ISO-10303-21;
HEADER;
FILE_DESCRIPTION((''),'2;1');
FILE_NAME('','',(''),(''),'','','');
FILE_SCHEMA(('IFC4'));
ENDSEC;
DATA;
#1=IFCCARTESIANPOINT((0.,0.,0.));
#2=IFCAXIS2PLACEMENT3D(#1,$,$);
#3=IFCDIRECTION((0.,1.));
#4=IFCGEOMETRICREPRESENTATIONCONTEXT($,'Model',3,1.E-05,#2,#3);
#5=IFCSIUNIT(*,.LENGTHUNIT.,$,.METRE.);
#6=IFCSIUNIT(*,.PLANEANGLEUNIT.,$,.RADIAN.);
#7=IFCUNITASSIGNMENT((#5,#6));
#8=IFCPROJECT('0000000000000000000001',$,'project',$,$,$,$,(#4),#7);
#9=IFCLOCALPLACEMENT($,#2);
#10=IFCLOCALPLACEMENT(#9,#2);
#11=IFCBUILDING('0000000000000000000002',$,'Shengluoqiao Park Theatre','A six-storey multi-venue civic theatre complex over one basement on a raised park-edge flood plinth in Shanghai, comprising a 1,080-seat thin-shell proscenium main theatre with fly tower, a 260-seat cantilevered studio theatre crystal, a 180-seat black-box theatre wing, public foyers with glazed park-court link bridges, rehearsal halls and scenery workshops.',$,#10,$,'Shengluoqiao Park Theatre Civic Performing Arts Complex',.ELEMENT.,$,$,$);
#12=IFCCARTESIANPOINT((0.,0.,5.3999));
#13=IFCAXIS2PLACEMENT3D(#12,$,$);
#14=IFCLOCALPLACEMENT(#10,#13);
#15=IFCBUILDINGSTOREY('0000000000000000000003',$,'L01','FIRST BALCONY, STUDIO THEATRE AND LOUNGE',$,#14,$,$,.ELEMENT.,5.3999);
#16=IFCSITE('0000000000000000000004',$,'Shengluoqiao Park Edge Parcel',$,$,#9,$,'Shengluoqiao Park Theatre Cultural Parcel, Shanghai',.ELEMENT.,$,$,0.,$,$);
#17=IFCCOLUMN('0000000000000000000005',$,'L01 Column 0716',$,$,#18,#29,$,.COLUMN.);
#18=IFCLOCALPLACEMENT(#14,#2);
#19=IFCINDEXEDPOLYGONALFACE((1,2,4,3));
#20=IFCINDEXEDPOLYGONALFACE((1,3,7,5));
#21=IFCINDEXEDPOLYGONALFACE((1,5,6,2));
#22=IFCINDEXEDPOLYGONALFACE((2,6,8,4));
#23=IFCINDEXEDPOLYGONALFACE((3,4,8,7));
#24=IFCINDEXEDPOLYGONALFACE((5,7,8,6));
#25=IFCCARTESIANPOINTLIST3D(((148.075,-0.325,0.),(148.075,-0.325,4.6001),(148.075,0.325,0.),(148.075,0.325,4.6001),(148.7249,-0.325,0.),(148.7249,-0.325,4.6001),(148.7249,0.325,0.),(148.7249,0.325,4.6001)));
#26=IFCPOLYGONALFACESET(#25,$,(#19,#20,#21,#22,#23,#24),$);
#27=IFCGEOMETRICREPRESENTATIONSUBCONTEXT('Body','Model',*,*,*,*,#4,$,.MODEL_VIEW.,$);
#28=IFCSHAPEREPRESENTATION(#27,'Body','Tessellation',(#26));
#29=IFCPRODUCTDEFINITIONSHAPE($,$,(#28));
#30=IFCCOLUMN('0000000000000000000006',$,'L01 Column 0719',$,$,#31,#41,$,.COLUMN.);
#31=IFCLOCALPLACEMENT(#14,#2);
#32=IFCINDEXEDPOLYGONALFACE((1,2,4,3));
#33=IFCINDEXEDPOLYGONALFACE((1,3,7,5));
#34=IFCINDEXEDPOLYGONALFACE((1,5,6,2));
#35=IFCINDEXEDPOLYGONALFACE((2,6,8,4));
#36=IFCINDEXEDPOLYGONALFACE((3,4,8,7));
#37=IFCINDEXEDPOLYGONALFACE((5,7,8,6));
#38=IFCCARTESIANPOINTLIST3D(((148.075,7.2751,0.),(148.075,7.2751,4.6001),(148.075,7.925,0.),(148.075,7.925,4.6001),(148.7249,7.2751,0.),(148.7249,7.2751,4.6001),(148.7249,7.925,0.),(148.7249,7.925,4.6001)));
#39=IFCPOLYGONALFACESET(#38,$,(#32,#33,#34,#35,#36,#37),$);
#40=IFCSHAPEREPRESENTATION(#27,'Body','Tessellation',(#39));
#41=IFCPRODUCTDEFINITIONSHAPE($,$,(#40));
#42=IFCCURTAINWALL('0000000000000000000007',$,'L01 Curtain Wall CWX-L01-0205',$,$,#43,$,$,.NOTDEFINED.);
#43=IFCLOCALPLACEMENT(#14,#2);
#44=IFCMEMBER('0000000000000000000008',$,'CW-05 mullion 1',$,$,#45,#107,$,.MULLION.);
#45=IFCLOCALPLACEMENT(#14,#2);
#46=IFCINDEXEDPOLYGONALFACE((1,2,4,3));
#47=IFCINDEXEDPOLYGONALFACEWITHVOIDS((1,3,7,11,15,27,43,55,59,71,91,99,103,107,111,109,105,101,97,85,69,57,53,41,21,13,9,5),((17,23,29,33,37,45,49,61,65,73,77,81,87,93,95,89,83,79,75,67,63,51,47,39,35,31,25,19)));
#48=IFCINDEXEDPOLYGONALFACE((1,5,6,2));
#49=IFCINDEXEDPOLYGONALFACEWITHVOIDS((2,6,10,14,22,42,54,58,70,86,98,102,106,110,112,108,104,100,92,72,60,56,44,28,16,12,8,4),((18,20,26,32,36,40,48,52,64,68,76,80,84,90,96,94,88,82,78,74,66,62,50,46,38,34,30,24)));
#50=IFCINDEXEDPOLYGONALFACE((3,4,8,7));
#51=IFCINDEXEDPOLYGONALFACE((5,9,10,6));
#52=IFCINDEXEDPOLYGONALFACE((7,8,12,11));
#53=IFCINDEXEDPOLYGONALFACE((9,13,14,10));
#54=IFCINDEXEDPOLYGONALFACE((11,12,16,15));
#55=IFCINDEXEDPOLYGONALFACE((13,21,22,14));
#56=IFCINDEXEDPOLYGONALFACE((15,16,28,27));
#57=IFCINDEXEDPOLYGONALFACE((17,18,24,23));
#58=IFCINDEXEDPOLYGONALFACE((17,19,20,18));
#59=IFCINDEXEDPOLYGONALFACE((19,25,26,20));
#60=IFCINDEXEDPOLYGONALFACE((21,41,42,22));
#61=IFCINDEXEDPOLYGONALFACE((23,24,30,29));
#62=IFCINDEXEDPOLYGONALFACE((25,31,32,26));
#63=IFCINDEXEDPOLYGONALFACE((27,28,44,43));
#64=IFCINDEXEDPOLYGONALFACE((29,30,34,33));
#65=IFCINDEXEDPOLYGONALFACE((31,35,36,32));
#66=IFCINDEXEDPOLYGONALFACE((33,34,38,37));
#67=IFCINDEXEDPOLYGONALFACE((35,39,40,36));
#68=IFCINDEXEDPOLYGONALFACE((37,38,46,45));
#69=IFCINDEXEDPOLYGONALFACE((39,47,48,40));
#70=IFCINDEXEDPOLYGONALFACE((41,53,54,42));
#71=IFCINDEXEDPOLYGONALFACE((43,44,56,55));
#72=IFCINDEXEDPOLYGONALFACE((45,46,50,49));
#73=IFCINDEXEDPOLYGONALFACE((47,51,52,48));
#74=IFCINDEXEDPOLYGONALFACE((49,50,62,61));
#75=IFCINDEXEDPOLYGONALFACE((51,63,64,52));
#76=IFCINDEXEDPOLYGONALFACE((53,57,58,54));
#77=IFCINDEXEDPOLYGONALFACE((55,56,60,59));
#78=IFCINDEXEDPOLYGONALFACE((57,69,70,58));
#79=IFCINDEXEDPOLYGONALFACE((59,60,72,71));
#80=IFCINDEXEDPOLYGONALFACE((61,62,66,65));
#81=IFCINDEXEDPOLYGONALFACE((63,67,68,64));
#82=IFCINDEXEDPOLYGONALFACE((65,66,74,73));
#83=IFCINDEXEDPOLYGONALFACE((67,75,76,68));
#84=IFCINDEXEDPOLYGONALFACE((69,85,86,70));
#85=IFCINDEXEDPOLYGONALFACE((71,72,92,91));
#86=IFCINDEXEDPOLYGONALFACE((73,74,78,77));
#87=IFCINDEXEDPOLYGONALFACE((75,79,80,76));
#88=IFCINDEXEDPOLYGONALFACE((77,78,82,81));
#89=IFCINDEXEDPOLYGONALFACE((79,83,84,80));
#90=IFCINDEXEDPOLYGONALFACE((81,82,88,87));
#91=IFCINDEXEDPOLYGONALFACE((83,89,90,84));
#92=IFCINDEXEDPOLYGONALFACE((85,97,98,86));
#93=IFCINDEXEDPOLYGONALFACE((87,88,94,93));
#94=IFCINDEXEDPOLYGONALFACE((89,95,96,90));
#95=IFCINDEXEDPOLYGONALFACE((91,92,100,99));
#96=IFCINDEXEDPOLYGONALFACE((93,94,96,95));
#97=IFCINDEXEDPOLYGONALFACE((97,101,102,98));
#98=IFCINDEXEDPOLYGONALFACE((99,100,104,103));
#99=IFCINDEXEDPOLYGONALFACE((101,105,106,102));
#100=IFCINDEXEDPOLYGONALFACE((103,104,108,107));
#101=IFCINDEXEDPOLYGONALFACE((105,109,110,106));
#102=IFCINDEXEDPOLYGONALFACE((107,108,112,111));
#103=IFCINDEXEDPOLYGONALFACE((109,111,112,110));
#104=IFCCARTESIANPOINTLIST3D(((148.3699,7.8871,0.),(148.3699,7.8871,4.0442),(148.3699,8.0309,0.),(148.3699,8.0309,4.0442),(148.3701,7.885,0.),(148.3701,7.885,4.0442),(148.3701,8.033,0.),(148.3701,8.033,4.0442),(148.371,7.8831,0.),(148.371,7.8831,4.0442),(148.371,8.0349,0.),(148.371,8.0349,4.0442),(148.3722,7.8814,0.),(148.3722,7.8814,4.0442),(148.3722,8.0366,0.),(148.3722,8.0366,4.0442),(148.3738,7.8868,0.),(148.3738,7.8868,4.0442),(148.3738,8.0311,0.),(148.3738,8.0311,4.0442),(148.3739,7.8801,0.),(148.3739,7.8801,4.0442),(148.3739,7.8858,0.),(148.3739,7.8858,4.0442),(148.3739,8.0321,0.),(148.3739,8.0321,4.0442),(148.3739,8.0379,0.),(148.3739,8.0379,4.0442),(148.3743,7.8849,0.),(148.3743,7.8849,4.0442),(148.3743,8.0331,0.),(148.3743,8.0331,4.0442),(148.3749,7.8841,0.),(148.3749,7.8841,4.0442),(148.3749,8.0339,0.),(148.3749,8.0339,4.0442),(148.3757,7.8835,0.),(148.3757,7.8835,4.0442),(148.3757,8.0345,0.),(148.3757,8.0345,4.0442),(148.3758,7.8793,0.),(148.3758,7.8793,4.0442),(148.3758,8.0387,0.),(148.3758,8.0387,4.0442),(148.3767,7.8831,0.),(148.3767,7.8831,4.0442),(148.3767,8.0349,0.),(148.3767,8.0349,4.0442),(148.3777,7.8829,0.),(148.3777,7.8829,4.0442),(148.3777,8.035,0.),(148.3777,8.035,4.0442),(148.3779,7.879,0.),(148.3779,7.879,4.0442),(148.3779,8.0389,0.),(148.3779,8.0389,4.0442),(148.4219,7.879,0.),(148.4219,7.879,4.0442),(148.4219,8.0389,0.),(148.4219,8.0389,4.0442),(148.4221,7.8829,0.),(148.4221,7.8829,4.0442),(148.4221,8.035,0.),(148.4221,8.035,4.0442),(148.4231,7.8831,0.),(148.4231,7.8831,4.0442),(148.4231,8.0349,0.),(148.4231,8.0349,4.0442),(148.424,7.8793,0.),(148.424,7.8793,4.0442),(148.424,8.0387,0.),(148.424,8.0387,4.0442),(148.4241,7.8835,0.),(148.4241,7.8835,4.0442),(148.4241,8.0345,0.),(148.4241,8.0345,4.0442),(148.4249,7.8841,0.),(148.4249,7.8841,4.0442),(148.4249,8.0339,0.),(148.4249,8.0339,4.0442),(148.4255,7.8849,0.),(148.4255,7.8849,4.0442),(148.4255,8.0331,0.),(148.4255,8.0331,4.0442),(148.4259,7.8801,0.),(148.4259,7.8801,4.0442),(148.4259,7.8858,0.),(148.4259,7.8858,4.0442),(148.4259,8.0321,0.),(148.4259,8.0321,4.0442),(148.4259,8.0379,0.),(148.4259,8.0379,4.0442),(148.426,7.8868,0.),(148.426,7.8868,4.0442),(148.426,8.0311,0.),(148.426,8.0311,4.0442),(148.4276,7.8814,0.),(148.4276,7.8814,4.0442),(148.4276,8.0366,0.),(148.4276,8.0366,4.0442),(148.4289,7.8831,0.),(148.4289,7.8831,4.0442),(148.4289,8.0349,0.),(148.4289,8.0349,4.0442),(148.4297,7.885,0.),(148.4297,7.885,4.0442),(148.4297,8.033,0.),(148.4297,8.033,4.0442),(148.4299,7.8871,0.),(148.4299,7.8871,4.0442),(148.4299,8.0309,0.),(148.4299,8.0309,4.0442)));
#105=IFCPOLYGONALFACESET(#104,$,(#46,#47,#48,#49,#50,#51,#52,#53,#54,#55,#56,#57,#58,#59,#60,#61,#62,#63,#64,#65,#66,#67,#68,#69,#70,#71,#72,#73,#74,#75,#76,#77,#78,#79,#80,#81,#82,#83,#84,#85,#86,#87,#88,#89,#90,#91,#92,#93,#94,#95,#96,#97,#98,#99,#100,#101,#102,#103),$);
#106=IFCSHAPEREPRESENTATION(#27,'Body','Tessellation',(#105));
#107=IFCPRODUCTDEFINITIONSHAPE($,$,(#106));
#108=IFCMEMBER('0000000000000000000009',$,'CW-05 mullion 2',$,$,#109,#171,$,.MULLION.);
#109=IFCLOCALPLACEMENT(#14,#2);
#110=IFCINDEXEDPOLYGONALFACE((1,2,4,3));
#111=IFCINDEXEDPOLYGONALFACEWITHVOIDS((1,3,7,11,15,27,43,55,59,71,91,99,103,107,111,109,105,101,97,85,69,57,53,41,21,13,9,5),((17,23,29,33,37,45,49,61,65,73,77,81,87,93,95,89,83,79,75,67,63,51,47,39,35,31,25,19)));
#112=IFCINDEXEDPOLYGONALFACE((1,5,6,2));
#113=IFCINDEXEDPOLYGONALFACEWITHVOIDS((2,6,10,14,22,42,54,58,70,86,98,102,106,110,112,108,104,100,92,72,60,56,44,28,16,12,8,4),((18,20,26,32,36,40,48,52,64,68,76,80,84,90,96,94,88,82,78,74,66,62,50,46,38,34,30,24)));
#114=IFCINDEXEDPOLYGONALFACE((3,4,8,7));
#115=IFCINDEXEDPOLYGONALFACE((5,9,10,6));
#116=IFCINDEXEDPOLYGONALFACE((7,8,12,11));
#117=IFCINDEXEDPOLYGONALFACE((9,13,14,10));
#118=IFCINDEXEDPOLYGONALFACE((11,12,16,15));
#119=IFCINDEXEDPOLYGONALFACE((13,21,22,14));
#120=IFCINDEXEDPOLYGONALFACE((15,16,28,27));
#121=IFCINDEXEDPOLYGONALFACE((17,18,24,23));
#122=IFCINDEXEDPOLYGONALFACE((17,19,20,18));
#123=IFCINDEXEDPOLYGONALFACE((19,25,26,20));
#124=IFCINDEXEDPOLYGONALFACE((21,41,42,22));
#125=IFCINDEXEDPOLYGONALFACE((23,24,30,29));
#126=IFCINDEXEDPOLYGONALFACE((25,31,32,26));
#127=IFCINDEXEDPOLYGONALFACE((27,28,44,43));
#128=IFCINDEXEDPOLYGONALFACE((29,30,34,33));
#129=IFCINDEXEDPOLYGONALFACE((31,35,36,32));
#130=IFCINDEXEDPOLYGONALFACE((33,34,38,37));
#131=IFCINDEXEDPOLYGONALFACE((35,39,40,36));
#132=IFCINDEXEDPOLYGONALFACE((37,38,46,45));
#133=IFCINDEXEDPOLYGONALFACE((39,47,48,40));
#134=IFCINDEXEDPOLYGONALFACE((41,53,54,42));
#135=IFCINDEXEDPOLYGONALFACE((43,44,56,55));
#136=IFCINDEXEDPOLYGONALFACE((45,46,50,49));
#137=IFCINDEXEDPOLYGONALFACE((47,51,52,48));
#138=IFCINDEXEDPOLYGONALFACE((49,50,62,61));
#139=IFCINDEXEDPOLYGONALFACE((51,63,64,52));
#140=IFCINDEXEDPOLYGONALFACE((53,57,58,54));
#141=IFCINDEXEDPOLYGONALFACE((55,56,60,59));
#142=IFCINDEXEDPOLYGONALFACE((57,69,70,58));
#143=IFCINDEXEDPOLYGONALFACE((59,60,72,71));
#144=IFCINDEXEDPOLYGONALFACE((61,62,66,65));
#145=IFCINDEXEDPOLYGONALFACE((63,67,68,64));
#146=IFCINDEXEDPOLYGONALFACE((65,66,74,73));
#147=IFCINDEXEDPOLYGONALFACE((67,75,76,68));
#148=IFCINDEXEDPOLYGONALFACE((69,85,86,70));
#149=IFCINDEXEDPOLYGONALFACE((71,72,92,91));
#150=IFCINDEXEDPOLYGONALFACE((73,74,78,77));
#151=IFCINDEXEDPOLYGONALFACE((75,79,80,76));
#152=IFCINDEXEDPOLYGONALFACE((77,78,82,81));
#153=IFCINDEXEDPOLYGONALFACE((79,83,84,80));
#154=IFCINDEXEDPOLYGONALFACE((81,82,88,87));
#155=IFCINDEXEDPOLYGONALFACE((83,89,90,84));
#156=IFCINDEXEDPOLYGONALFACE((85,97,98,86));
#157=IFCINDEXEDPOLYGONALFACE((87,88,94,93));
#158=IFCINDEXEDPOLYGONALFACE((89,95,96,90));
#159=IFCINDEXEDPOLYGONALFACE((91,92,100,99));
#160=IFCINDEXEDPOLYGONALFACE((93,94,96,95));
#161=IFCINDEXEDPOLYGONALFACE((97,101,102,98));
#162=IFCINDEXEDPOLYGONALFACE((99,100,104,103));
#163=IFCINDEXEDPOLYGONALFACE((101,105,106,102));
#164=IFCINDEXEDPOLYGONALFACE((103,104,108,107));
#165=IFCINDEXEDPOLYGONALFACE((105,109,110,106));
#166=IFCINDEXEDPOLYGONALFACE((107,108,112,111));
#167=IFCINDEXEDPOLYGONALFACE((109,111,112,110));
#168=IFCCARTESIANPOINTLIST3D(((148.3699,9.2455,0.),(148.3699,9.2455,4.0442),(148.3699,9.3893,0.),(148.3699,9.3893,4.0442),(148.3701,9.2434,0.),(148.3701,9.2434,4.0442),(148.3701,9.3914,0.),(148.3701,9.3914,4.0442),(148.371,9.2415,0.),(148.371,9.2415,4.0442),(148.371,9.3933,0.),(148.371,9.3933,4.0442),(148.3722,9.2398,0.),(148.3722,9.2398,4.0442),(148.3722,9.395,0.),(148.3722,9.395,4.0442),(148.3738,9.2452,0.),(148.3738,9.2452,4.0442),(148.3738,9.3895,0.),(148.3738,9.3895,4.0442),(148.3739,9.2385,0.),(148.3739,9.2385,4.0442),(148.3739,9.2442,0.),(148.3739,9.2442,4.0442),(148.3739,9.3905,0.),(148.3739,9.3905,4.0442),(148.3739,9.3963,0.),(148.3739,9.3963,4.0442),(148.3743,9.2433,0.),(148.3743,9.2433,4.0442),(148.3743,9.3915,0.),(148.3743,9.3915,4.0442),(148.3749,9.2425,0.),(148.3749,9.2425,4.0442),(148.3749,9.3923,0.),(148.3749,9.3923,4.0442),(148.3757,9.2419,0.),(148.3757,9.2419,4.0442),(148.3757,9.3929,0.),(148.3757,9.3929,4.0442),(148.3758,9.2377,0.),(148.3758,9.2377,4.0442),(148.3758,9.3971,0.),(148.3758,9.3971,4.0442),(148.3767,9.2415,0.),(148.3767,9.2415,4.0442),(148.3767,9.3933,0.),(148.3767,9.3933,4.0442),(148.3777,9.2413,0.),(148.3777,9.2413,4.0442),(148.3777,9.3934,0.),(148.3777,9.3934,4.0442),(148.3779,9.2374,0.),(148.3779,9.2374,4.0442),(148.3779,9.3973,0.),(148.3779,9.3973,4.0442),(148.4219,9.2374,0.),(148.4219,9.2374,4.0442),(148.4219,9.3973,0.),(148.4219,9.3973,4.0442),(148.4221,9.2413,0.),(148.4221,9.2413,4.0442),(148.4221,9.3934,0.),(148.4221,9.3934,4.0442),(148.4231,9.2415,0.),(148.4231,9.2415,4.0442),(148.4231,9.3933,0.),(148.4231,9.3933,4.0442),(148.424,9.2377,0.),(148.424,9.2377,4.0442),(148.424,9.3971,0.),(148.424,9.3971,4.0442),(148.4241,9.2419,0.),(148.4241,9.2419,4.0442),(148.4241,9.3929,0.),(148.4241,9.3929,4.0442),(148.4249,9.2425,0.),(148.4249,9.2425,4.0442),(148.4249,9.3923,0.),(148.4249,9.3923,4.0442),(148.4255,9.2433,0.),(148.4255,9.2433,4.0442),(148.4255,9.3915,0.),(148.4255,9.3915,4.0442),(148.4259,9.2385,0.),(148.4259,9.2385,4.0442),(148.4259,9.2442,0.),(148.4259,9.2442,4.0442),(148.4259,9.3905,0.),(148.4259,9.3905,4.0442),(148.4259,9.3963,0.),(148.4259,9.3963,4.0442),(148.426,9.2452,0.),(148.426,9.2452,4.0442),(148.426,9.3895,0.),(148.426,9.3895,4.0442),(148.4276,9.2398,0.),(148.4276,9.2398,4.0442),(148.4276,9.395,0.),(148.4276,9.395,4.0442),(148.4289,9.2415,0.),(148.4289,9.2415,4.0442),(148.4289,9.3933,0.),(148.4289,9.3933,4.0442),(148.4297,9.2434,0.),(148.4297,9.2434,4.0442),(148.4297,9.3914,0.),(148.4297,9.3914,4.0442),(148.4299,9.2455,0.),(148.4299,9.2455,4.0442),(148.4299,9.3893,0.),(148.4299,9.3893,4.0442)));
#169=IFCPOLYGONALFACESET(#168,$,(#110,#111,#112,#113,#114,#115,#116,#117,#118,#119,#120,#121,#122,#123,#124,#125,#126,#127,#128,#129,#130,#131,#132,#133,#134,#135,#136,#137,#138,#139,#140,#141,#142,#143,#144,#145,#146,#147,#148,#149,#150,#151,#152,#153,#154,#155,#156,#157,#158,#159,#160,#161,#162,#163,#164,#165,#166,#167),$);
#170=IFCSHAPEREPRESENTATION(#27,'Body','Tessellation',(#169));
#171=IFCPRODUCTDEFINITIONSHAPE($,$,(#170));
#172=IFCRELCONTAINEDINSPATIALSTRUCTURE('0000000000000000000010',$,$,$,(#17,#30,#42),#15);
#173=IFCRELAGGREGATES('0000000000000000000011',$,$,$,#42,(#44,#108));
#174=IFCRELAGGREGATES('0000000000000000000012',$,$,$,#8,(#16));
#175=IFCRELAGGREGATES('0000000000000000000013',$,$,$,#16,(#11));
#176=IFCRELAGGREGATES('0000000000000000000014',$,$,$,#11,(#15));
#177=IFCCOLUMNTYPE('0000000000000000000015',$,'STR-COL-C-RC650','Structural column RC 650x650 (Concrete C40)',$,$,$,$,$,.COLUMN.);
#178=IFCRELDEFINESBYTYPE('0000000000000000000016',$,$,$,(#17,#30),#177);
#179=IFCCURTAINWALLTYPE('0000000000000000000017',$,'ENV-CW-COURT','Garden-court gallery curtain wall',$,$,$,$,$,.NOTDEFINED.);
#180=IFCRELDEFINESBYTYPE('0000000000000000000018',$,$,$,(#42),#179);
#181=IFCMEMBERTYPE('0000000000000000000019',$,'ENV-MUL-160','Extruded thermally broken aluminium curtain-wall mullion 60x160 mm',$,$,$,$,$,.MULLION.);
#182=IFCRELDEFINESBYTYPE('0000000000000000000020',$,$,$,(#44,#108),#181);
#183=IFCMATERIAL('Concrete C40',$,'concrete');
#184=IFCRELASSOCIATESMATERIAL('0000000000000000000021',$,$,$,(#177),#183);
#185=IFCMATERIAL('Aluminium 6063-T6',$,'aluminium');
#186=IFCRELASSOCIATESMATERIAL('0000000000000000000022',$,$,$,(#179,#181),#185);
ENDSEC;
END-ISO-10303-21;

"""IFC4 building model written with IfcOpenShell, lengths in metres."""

from ifc_helpers import new_model, si_unit, direction, frame, origin, origin_2d, place, context, subcontext, project, spatial, rectangle, hollow_rectangle, extrude, material, material_profile, profile_set, type_object, element, aggregate, save


model = new_model("IFC4")

# Units and contexts
model_context = context("Model", 3, precision=1e-05, world=origin(), true_north=direction((0.0, 1.0)))
body_context = subcontext(model_context, "Body", "Model", "MODEL_VIEW")
ifc_project = project(units=[si_unit("LENGTHUNIT", "METRE"), si_unit("PLANEANGLEUNIT", "RADIAN")], contexts=[model_context])

# Site, building, storey
site_placement = place(None, origin())
site = spatial("IfcSite", under=ifc_project, at=site_placement, Name="Shengluoqiao Park Edge Parcel", LongName="Shengluoqiao Park Theatre Cultural Parcel, Shanghai", CompositionType="ELEMENT", RefElevation=0.0)
building_placement = place(site_placement, origin())
building = spatial("IfcBuilding", under=site, at=building_placement, Name="Shengluoqiao Park Theatre", Description="A six-storey multi-venue civic theatre complex over one basement on a raised park-edge flood plinth in Shanghai, comprising a 1,080-seat thin-shell proscenium main theatre with fly tower, a 260-seat cantilevered studio theatre crystal, a 180-seat black-box theatre wing, public foyers with glazed park-court link bridges, rehearsal halls and scenery workshops.", LongName="Shengluoqiao Park Theatre Civic Performing Arts Complex", CompositionType="ELEMENT")
storey_placement = place(building_placement, frame((0.0, 0.0, 5.3999)))
storey = spatial("IfcBuildingStorey", under=building, at=storey_placement, Name="L01", Description="FIRST BALCONY, STUDIO THEATRE AND LOUNGE", CompositionType="ELEMENT", Elevation=5.3999)

# Columns
ifc_material_1 = material(Name="Concrete C40", Category="concrete")
ifc_material_profile_1 = material_profile(ifc_material_1, rectangle(XDim=0.6499, YDim=0.6499, at=origin_2d()), Name="RC 650x650")
ifc_profile_set_1 = profile_set([ifc_material_profile_1], Name="Concrete C40")
column_type = type_object("IfcColumnType", Name="STR-COL-C-RC650", Description="Structural column RC 650x650 (Concrete C40)", PredefinedType="COLUMN", material=ifc_profile_set_1)
for number, where, z_axis, x_axis, name in (
    (1, (148.3999, 0.0, 0.0), (0.0, 0.0, 1.0), (1.0, 0.0, 0.0), "L01 Column 0716"),
    (2, (148.3999, 7.6001, 0.0), (0.0, 0.0, 1.0), (1.0, 0.0, 0.0), "L01 Column 0719"),
):
    element("IfcColumn", number, at=place(storey_placement, frame(where, z_axis=z_axis, x_axis=x_axis)), inside=storey, type_object=column_type, Name=name, PredefinedType="COLUMN", context=body_context, shape_type="SweptSolid", body=[
        extrude(rectangle(XDim=0.6499, YDim=0.6499, at=origin_2d()), origin(), (0.0, 0.0, 1.0), 4.6001),
    ])

# Curtain wall, members
ifc_material_2 = material(Name="Aluminium 6063-T6", Category="aluminium")
curtain_wall_type = type_object("IfcCurtainWallType", Name="ENV-CW-COURT", Description="Garden-court gallery curtain wall", PredefinedType="NOTDEFINED", material=ifc_material_2)
curtain_wall_placement = place(storey_placement, origin())
curtain_wall = element("IfcCurtainWall", 3, at=curtain_wall_placement, inside=storey, type_object=curtain_wall_type, Name="L01 Curtain Wall CWX-L01-0205", PredefinedType="NOTDEFINED")
ifc_material_profile_2 = material_profile(ifc_material_2, hollow_rectangle(XDim=0.0601, YDim=0.1599, WallThickness=0.0039, InnerFilletRadius=0.0039, OuterFilletRadius=0.0081, at=origin_2d()), Name="ALU MULLION 160x60x4")
ifc_profile_set_2 = profile_set([ifc_material_profile_2], Name="Aluminium 6063-T6")
member_type_1 = type_object("IfcMemberType", Name="ENV-MUL-160", Description="Extruded thermally broken aluminium curtain-wall mullion 60x160 mm", PredefinedType="MULLION", material=ifc_profile_set_2)
member_1_placement = place(storey_placement, frame((148.3999, 7.959, 0.0), z_axis=(0.0, 0.0, 1.0), x_axis=(-1.0, 0.0, 0.0)))
member_1 = element("IfcMember", 4, at=member_1_placement, type_object=member_type_1, Name="CW-05 mullion 1", PredefinedType="MULLION", context=body_context, shape_type="SweptSolid", body=[
    extrude(hollow_rectangle(XDim=0.0601, YDim=0.1599, WallThickness=0.0039, InnerFilletRadius=0.0039, OuterFilletRadius=0.0081, at=origin_2d()), origin(), (0.0, 0.0, 1.0), 4.0442),
])
member_2_placement = place(storey_placement, frame((148.3999, 9.3174, 0.0), z_axis=(0.0, 0.0, 1.0), x_axis=(-1.0, 0.0, 0.0)))
member_2 = element("IfcMember", 5, at=member_2_placement, type_object=member_type_1, Name="CW-05 mullion 2", PredefinedType="MULLION", context=body_context, shape_type="SweptSolid", body=[
    extrude(hollow_rectangle(XDim=0.0601, YDim=0.1599, WallThickness=0.0039, InnerFilletRadius=0.0039, OuterFilletRadius=0.0081, at=origin_2d()), origin(), (0.0, 0.0, 1.0), 4.0442),
])

aggregate(curtain_wall, [member_1, member_2])

save(model, "model.ifc")
